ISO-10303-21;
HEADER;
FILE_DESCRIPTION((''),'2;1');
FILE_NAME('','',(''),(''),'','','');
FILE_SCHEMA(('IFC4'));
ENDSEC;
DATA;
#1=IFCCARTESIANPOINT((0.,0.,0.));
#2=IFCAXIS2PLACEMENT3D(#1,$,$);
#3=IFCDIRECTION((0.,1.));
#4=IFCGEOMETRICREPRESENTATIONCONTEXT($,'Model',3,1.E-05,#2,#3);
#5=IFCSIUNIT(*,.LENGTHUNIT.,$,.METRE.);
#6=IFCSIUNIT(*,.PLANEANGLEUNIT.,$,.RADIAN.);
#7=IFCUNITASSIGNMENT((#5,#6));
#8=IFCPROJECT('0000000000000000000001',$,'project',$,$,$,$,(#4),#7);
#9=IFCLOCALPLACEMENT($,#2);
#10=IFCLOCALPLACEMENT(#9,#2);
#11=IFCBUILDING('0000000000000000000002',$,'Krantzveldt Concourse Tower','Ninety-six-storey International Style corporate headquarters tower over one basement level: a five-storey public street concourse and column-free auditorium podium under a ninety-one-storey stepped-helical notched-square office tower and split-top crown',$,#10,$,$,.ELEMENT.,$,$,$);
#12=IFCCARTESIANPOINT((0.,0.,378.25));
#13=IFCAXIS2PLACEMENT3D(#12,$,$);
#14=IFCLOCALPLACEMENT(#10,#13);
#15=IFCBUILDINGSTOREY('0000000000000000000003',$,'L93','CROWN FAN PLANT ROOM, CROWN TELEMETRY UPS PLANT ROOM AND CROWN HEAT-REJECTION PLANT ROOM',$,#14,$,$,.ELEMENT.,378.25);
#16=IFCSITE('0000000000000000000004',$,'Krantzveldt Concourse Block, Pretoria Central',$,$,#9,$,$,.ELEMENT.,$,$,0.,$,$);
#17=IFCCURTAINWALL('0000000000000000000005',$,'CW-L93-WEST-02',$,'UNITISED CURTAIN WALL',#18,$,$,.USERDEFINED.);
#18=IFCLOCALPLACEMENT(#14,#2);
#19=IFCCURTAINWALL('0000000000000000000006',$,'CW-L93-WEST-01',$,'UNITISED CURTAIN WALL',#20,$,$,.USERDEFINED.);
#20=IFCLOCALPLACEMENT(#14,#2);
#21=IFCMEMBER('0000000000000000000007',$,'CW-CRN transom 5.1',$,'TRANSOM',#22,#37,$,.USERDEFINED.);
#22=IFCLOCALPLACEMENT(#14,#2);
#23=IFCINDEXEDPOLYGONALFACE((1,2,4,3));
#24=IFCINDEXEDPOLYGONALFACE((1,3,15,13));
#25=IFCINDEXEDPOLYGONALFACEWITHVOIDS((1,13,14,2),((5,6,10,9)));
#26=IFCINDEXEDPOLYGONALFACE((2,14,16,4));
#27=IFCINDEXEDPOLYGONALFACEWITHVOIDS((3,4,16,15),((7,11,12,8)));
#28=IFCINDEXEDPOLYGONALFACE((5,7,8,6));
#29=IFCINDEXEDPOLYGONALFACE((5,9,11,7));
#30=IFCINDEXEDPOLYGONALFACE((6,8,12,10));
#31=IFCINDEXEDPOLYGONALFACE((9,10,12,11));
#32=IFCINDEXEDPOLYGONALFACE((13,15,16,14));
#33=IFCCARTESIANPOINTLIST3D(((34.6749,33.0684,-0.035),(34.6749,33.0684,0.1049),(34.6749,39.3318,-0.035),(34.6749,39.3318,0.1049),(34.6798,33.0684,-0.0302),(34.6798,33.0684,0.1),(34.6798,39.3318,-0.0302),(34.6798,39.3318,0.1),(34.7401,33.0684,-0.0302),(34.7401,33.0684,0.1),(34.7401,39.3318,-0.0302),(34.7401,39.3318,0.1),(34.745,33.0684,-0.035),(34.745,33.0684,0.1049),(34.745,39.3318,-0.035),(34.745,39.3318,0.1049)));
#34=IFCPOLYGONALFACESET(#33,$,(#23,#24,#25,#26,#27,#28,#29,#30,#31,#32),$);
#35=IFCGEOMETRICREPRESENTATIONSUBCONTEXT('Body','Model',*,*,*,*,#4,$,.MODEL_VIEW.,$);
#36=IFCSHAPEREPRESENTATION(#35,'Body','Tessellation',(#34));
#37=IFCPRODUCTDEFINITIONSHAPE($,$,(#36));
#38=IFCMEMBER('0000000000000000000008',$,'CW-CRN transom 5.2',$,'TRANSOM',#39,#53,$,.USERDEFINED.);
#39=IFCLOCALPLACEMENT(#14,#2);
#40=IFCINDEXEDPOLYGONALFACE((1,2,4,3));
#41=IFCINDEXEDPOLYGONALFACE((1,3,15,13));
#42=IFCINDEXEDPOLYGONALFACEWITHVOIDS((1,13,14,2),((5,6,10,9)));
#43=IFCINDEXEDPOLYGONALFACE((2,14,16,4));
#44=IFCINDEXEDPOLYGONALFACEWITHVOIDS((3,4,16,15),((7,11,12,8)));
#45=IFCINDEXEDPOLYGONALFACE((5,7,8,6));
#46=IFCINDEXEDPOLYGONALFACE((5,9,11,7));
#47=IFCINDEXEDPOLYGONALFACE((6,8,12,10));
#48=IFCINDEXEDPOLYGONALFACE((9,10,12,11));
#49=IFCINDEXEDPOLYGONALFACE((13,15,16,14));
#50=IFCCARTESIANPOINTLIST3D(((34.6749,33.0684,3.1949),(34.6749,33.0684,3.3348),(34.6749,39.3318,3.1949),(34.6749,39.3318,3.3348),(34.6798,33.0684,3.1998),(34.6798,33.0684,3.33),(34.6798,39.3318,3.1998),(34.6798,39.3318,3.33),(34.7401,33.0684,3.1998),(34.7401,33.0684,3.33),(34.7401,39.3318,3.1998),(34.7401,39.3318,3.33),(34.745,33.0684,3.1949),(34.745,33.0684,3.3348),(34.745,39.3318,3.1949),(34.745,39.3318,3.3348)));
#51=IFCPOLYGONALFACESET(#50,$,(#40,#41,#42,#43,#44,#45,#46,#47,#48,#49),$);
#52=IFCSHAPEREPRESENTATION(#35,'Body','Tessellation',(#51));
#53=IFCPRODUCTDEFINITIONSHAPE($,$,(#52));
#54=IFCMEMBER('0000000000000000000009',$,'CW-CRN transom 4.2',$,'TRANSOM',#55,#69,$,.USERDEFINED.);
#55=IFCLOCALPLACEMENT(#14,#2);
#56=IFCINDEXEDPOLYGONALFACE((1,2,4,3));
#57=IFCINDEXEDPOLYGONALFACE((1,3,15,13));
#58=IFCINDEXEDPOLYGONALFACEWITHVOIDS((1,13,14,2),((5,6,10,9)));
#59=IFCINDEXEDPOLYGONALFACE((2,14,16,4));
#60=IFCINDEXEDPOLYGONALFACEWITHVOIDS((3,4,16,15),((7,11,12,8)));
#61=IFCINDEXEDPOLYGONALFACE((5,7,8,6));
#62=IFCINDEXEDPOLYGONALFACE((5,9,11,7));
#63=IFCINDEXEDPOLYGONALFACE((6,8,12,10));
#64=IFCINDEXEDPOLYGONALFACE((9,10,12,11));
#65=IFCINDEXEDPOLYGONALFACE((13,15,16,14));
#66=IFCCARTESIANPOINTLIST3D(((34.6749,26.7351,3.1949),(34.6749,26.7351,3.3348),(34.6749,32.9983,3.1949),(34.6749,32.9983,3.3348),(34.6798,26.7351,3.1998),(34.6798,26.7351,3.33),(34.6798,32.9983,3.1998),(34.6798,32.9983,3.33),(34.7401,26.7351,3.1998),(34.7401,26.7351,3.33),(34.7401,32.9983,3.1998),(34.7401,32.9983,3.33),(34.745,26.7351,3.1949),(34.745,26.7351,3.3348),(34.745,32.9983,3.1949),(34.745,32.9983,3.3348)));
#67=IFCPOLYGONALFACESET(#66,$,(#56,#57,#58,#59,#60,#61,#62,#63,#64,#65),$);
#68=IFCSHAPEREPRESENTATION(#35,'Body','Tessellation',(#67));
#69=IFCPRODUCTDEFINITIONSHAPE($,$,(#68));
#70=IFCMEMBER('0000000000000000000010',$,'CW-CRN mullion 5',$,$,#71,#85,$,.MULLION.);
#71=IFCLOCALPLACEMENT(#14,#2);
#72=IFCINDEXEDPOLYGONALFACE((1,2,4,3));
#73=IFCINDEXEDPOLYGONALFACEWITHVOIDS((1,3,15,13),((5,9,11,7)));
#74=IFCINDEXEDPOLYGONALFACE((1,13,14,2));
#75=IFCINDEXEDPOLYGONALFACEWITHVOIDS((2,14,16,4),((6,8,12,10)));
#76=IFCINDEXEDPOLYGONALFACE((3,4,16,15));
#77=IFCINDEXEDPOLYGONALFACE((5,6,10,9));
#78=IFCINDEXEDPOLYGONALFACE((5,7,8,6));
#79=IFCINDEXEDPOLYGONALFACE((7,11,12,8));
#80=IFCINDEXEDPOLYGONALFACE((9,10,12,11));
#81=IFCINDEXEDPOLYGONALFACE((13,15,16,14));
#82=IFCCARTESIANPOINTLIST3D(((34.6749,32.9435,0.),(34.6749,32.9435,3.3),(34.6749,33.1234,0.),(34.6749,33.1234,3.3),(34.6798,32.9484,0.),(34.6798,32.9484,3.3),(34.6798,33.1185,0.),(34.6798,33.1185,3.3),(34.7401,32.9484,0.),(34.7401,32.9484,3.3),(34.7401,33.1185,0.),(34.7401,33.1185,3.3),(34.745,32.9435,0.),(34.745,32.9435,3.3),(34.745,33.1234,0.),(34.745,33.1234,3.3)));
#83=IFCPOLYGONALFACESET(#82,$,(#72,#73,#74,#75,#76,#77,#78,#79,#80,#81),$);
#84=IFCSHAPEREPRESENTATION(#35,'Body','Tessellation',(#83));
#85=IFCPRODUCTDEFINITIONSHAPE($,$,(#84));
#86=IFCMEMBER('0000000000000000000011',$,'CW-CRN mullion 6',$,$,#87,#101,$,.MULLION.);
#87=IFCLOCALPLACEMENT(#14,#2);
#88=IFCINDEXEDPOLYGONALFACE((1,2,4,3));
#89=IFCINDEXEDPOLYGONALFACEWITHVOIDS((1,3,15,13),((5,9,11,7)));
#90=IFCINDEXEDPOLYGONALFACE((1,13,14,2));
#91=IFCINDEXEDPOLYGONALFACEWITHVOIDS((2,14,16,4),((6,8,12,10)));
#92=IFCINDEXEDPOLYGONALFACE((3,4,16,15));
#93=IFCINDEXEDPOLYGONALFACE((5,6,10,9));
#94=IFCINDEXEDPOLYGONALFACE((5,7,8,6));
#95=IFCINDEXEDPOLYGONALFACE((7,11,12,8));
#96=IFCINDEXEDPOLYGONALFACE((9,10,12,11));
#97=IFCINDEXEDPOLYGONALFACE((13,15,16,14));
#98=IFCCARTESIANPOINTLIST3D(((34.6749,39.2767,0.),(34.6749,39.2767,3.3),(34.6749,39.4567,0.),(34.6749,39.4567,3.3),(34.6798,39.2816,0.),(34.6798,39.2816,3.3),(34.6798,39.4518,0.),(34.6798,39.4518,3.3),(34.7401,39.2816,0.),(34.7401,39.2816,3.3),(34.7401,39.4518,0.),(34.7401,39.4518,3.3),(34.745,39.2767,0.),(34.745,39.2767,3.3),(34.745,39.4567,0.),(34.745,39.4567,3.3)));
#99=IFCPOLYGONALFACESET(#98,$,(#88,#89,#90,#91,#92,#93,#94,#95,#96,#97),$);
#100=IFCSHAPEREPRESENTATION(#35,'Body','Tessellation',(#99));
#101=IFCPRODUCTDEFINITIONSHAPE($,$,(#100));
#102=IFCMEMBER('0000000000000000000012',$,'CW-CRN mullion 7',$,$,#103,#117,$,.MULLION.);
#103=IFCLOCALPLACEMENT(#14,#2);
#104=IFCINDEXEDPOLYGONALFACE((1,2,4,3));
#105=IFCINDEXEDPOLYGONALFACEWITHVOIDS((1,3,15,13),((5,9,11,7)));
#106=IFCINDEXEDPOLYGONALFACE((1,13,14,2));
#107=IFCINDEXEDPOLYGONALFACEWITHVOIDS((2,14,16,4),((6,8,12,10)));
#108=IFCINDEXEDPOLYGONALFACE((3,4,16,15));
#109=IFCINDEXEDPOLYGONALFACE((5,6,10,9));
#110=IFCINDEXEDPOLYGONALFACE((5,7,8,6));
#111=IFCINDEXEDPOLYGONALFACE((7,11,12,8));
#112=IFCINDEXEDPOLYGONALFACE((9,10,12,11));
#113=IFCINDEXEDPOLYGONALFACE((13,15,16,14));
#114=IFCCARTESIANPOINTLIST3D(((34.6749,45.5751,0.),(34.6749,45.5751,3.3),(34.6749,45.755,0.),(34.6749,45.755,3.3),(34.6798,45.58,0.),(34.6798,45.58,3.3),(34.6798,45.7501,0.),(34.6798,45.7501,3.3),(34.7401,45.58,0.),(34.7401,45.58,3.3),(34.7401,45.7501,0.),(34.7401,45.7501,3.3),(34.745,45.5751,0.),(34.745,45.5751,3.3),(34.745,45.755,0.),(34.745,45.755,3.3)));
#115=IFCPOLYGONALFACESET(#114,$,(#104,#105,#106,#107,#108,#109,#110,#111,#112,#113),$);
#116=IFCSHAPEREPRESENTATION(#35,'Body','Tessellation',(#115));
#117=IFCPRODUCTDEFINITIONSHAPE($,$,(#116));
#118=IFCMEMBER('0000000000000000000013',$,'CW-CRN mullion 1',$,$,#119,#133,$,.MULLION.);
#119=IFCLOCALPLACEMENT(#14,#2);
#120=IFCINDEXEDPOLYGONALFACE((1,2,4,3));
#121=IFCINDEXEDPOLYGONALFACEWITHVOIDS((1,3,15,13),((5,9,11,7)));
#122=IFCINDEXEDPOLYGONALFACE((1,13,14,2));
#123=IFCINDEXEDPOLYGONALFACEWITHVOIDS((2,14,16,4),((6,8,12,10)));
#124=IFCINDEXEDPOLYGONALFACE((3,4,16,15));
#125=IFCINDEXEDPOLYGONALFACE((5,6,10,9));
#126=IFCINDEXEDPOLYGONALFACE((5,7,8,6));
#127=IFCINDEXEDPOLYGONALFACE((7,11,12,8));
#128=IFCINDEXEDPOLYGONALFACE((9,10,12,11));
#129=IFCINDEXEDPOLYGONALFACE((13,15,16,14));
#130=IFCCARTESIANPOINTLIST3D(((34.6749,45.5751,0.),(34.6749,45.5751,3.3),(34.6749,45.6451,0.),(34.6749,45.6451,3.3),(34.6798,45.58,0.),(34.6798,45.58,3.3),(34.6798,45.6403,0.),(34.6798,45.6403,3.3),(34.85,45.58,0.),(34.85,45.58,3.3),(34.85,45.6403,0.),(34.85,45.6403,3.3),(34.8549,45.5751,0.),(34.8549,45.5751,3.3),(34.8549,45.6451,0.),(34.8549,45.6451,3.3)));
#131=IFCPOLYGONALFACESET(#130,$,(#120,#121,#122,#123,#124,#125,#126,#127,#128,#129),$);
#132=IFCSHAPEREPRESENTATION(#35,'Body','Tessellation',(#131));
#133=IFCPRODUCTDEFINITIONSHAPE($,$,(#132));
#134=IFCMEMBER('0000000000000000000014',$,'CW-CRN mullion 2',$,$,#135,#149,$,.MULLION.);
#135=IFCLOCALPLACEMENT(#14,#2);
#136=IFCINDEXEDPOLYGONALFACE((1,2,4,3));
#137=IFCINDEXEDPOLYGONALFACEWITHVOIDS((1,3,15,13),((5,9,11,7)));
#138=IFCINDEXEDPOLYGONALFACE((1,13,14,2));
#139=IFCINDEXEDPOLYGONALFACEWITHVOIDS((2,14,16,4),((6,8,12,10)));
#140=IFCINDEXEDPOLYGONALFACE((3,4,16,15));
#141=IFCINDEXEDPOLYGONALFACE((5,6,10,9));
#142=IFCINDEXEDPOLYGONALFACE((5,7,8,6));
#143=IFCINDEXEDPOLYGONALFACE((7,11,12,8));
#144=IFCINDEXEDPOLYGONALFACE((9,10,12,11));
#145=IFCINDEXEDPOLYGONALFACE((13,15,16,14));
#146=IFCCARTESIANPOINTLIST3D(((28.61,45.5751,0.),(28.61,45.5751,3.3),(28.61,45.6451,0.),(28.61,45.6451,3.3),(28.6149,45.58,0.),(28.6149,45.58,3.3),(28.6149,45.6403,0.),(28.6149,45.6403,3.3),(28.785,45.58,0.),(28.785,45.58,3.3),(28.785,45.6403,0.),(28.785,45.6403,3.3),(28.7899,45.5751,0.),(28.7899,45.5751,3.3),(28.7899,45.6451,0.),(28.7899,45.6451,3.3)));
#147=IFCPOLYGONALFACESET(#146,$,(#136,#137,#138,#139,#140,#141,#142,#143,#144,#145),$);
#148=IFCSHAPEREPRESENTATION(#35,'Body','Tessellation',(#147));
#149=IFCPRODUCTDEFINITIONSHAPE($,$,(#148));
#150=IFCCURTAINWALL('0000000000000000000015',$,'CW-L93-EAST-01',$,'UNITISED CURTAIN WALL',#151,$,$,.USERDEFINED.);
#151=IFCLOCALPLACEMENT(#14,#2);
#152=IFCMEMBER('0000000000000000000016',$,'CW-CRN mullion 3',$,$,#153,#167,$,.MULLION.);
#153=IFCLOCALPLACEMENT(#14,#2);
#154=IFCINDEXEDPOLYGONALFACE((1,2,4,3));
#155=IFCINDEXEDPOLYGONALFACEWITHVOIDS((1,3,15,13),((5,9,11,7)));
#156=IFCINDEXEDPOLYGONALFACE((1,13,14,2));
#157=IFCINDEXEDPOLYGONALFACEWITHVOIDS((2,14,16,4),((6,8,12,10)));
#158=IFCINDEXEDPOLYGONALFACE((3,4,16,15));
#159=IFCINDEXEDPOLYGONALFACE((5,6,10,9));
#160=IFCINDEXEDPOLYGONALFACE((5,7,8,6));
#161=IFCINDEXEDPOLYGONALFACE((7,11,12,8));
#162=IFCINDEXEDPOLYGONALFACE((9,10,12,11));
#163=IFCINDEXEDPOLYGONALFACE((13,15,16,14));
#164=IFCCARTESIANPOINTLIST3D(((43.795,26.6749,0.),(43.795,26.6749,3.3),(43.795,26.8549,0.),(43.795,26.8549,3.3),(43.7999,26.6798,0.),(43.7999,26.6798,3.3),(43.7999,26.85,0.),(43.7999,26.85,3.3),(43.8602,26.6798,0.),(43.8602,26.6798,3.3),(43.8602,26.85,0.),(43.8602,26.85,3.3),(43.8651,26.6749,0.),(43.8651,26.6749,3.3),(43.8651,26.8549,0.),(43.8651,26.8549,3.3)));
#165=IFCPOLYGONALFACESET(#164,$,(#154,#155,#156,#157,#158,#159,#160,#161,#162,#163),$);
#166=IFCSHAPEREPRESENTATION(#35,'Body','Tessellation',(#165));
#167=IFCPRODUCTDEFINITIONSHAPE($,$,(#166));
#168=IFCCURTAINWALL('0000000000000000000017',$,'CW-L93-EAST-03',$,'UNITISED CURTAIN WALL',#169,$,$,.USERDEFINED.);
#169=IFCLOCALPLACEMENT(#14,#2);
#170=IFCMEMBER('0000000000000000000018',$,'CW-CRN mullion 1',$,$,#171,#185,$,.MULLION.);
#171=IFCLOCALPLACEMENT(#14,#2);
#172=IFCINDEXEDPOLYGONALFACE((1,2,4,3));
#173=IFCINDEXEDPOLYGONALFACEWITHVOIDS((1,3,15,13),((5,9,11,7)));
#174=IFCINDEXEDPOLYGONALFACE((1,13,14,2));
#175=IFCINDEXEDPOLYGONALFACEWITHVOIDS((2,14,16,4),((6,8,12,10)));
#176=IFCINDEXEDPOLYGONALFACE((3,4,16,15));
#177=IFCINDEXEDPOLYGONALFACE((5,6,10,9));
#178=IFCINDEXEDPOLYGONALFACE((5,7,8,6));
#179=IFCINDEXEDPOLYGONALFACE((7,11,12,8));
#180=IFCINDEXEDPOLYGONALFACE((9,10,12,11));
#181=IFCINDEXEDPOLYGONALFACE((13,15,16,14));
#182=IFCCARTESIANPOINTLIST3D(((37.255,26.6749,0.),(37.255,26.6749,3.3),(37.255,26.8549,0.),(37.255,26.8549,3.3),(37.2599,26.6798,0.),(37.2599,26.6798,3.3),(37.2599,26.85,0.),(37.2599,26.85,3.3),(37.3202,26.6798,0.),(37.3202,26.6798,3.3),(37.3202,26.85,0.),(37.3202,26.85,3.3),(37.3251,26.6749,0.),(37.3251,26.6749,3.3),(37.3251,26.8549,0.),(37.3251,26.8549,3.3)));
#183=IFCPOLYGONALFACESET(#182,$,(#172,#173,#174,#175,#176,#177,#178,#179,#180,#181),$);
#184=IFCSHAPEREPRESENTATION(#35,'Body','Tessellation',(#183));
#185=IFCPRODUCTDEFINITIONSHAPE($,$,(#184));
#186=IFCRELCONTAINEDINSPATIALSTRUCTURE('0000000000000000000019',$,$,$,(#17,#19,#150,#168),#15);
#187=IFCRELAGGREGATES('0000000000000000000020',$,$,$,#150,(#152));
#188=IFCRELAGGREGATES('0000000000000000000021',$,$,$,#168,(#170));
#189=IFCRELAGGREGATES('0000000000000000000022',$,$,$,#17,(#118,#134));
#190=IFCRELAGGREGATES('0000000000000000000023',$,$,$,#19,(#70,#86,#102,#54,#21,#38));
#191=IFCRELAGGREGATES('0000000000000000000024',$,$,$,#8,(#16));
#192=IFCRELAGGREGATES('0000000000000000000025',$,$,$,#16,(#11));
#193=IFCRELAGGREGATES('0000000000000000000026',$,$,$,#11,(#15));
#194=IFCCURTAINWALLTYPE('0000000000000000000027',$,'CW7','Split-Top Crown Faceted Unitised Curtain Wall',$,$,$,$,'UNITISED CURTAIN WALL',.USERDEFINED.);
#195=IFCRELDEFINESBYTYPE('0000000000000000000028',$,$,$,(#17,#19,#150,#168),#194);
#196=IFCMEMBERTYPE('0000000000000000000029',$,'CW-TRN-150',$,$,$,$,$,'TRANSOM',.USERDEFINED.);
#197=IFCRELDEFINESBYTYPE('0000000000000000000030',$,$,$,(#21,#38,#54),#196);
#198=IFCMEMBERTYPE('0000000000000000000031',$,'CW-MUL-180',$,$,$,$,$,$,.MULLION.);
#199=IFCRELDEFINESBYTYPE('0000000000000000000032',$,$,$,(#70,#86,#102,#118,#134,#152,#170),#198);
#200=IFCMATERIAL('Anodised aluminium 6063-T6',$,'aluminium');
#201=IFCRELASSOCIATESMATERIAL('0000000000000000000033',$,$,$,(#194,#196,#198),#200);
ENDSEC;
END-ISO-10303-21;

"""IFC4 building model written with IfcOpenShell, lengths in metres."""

from ifc_helpers import new_model, si_unit, direction, frame, origin, origin_2d, place, context, subcontext, project, spatial, hollow_rectangle, extrude, source, transform, mapped, material, material_profile, profile_set, type_object, type_shapes, element, aggregate, save


model = new_model("IFC4")

# Units and contexts
model_context = context("Model", 3, precision=1e-05, world=origin(), true_north=direction((0.0, 1.0)))
body_context = subcontext(model_context, "Body", "Model", "MODEL_VIEW")
ifc_project = project(units=[si_unit("LENGTHUNIT", "METRE"), si_unit("PLANEANGLEUNIT", "RADIAN")], contexts=[model_context])

# Site, building, storey
site_placement = place(None, origin())
site = spatial("IfcSite", under=ifc_project, at=site_placement, Name="Krantzveldt Concourse Block, Pretoria Central", CompositionType="ELEMENT", RefElevation=0.0)
building_placement = place(site_placement, origin())
building = spatial("IfcBuilding", under=site, at=building_placement, Name="Krantzveldt Concourse Tower", Description="Ninety-six-storey International Style corporate headquarters tower over one basement level: a five-storey public street concourse and column-free auditorium podium under a ninety-one-storey stepped-helical notched-square office tower and split-top crown", CompositionType="ELEMENT")
storey_placement = place(building_placement, frame((0.0, 0.0, 378.25)))
storey = spatial("IfcBuildingStorey", under=building, at=storey_placement, Name="L93", Description="CROWN FAN PLANT ROOM, CROWN TELEMETRY UPS PLANT ROOM AND CROWN HEAT-REJECTION PLANT ROOM", CompositionType="ELEMENT", Elevation=378.25)

# Curtain walls, members
ifc_material_1 = material(Name="Anodised aluminium 6063-T6", Category="aluminium")
curtain_wall_type = type_object("IfcCurtainWallType", Name="CW7", Description="Split-Top Crown Faceted Unitised Curtain Wall", ElementType="UNITISED CURTAIN WALL", PredefinedType="USERDEFINED", material=ifc_material_1)
curtain_wall_1_placement = place(storey_placement, origin())
curtain_wall_1 = element("IfcCurtainWall", 1, at=curtain_wall_1_placement, inside=storey, type_object=curtain_wall_type, Name="CW-L93-WEST-02", ObjectType="UNITISED CURTAIN WALL", PredefinedType="USERDEFINED")
ifc_material_profile_1 = material_profile(ifc_material_1, hollow_rectangle(XDim=0.0701, YDim=0.1399, WallThickness=0.0049, at=origin_2d()), Name="Anodised aluminium 6063-T6", Category="aluminium")
ifc_profile_set_1 = profile_set([ifc_material_profile_1], Name="Anodised aluminium 6063-T6 - ALU-TRAN 140x70x5")
member_type_1 = type_object("IfcMemberType", Name="CW-TRN-150", ElementType="TRANSOM", PredefinedType="USERDEFINED", material=ifc_profile_set_1)
curtain_wall_2_placement = place(storey_placement, origin())
curtain_wall_2 = element("IfcCurtainWall", 2, at=curtain_wall_2_placement, inside=storey, type_object=curtain_wall_type, Name="CW-L93-WEST-01", ObjectType="UNITISED CURTAIN WALL", PredefinedType="USERDEFINED")
shared_shape_1 = source(origin(), body_context, "Body", "SweptSolid", [
    extrude(hollow_rectangle(XDim=0.0701, YDim=0.1399, WallThickness=0.0049, at=origin_2d()), origin(), (0.0, 0.0, 1.0), 6.2634),
])
member_1_placement = place(storey_placement, frame((34.71, 33.0684, 0.0349), z_axis=(0.0, 1.0, 0.0), x_axis=(-1.0, 0.0, 0.0)))
member_1 = element("IfcMember", 3, at=member_1_placement, type_object=member_type_1, Name="CW-CRN transom 5.1", ObjectType="TRANSOM", PredefinedType="USERDEFINED", context=body_context, shape_type="MappedRepresentation", body=[
    mapped(shared_shape_1, transform((0.0, 0.0, 0.0), x_axis=(1.0, 0.0, 0.0), y_axis=(0.0, 1.0, 0.0), z_axis=(0.0, 0.0, 1.0), scale=1.0)),
])
member_2_placement = place(storey_placement, frame((34.71, 33.0684, 3.2649), z_axis=(0.0, 1.0, 0.0), x_axis=(-1.0, 0.0, 0.0)))
member_2 = element("IfcMember", 4, at=member_2_placement, type_object=member_type_1, Name="CW-CRN transom 5.2", ObjectType="TRANSOM", PredefinedType="USERDEFINED", context=body_context, shape_type="MappedRepresentation", body=[
    mapped(shared_shape_1, transform((0.0, 0.0, 0.0), x_axis=(1.0, 0.0, 0.0), y_axis=(0.0, 1.0, 0.0), z_axis=(0.0, 0.0, 1.0), scale=1.0)),
])
shared_shape_2 = source(origin(), body_context, "Body", "SweptSolid", [
    extrude(hollow_rectangle(XDim=0.0701, YDim=0.1399, WallThickness=0.0049, at=origin_2d()), origin(), (0.0, 0.0, 1.0), 6.2632),
])
member_3_placement = place(storey_placement, frame((34.71, 26.7351, 3.2649), z_axis=(0.0, 1.0, 0.0), x_axis=(-1.0, 0.0, 0.0)))
member_3 = element("IfcMember", 5, at=member_3_placement, type_object=member_type_1, Name="CW-CRN transom 4.2", ObjectType="TRANSOM", PredefinedType="USERDEFINED", context=body_context, shape_type="MappedRepresentation", body=[
    mapped(shared_shape_2, transform((0.0, 0.0, 0.0), x_axis=(1.0, 0.0, 0.0), y_axis=(0.0, 1.0, 0.0), z_axis=(0.0, 0.0, 1.0), scale=1.0)),
])
ifc_material_profile_2 = material_profile(ifc_material_1, hollow_rectangle(XDim=0.0701, YDim=0.1799, WallThickness=0.0049, at=origin_2d()), Name="Anodised aluminium 6063-T6", Category="aluminium")
ifc_profile_set_2 = profile_set([ifc_material_profile_2], Name="Anodised aluminium 6063-T6 - ALU-MULL 180x70x5")
member_type_2 = type_object("IfcMemberType", Name="CW-MUL-180", PredefinedType="MULLION", material=ifc_profile_set_2)
shared_shape_3 = source(origin(), body_context, "Body", "SweptSolid", [
    extrude(hollow_rectangle(XDim=0.0701, YDim=0.1799, WallThickness=0.0049, at=origin_2d()), origin(), (0.0, 0.0, 1.0), 3.3),
])
type_shapes(member_type_2, [shared_shape_3])
member_4_placement = place(storey_placement, frame((34.71, 33.0334, 0.0), z_axis=(0.0, 0.0, 1.0), x_axis=(-1.0, 0.0, 0.0)))
member_4 = element("IfcMember", 6, at=member_4_placement, type_object=member_type_2, Name="CW-CRN mullion 5", PredefinedType="MULLION", context=body_context, shape_type="MappedRepresentation", body=[
    mapped(shared_shape_3, transform((0.0, 0.0, 0.0), x_axis=(1.0, 0.0, 0.0), y_axis=(0.0, 1.0, 0.0), z_axis=(0.0, 0.0, 1.0), scale=1.0)),
])
member_5_placement = place(storey_placement, frame((34.71, 39.3667, 0.0), z_axis=(0.0, 0.0, 1.0), x_axis=(-1.0, 0.0, 0.0)))
member_5 = element("IfcMember", 7, at=member_5_placement, type_object=member_type_2, Name="CW-CRN mullion 6", PredefinedType="MULLION", context=body_context, shape_type="MappedRepresentation", body=[
    mapped(shared_shape_3, transform((0.0, 0.0, 0.0), x_axis=(1.0, 0.0, 0.0), y_axis=(0.0, 1.0, 0.0), z_axis=(0.0, 0.0, 1.0), scale=1.0)),
])
member_6_placement = place(storey_placement, frame((34.71, 45.665, 0.0), z_axis=(0.0, 0.0, 1.0), x_axis=(-1.0, 0.0, 0.0)))
member_6 = element("IfcMember", 8, at=member_6_placement, type_object=member_type_2, Name="CW-CRN mullion 7", PredefinedType="MULLION", context=body_context, shape_type="MappedRepresentation", body=[
    mapped(shared_shape_3, transform((0.0, 0.0, 0.0), x_axis=(1.0, 0.0, 0.0), y_axis=(0.0, 1.0, 0.0), z_axis=(0.0, 0.0, 1.0), scale=1.0)),
])

# Members
member_7_placement = place(storey_placement, frame((34.7649, 45.6101, 0.0), z_axis=(0.0, 0.0, 1.0), x_axis=(0.0, -1.0, 0.0)))
member_7 = element("IfcMember", 9, at=member_7_placement, type_object=member_type_2, Name="CW-CRN mullion 1", PredefinedType="MULLION", context=body_context, shape_type="MappedRepresentation", body=[
    mapped(shared_shape_3, transform((0.0, 0.0, 0.0), x_axis=(1.0, 0.0, 0.0), y_axis=(0.0, 1.0, 0.0), z_axis=(0.0, 0.0, 1.0), scale=1.0)),
])
member_8_placement = place(storey_placement, frame((28.7, 45.6101, 0.0), z_axis=(0.0, 0.0, 1.0), x_axis=(0.0, -1.0, 0.0)))
member_8 = element("IfcMember", 10, at=member_8_placement, type_object=member_type_2, Name="CW-CRN mullion 2", PredefinedType="MULLION", context=body_context, shape_type="MappedRepresentation", body=[
    mapped(shared_shape_3, transform((0.0, 0.0, 0.0), x_axis=(1.0, 0.0, 0.0), y_axis=(0.0, 1.0, 0.0), z_axis=(0.0, 0.0, 1.0), scale=1.0)),
])

# Curtain walls, members
curtain_wall_3_placement = place(storey_placement, origin())
curtain_wall_3 = element("IfcCurtainWall", 11, at=curtain_wall_3_placement, inside=storey, type_object=curtain_wall_type, Name="CW-L93-EAST-01", ObjectType="UNITISED CURTAIN WALL", PredefinedType="USERDEFINED")
member_9_placement = place(storey_placement, frame((43.8301, 26.7649, 0.0), z_axis=(0.0, 0.0, 1.0), x_axis=(-1.0, 0.0, 0.0)))
member_9 = element("IfcMember", 12, at=member_9_placement, type_object=member_type_2, Name="CW-CRN mullion 3", PredefinedType="MULLION", context=body_context, shape_type="MappedRepresentation", body=[
    mapped(shared_shape_3, transform((0.0, 0.0, 0.0), x_axis=(1.0, 0.0, 0.0), y_axis=(0.0, 1.0, 0.0), z_axis=(0.0, 0.0, 1.0), scale=1.0)),
])
aggregate(curtain_wall_3, [member_9])
curtain_wall_4_placement = place(storey_placement, origin())
curtain_wall_4 = element("IfcCurtainWall", 13, at=curtain_wall_4_placement, inside=storey, type_object=curtain_wall_type, Name="CW-L93-EAST-03", ObjectType="UNITISED CURTAIN WALL", PredefinedType="USERDEFINED")
member_10_placement = place(storey_placement, frame((37.29, 26.7649, 0.0), z_axis=(0.0, 0.0, 1.0), x_axis=(1.0, 0.0, 0.0)))
member_10 = element("IfcMember", 14, at=member_10_placement, type_object=member_type_2, Name="CW-CRN mullion 1", PredefinedType="MULLION", context=body_context, shape_type="MappedRepresentation", body=[
    mapped(shared_shape_3, transform((0.0, 0.0, 0.0), x_axis=(1.0, 0.0, 0.0), y_axis=(0.0, 1.0, 0.0), z_axis=(0.0, 0.0, 1.0), scale=1.0)),
])
aggregate(curtain_wall_4, [member_10])

aggregate(curtain_wall_1, [member_7, member_8])
aggregate(curtain_wall_2, [member_4, member_5, member_6, member_3, member_1, member_2])

save(model, "model.ifc")
